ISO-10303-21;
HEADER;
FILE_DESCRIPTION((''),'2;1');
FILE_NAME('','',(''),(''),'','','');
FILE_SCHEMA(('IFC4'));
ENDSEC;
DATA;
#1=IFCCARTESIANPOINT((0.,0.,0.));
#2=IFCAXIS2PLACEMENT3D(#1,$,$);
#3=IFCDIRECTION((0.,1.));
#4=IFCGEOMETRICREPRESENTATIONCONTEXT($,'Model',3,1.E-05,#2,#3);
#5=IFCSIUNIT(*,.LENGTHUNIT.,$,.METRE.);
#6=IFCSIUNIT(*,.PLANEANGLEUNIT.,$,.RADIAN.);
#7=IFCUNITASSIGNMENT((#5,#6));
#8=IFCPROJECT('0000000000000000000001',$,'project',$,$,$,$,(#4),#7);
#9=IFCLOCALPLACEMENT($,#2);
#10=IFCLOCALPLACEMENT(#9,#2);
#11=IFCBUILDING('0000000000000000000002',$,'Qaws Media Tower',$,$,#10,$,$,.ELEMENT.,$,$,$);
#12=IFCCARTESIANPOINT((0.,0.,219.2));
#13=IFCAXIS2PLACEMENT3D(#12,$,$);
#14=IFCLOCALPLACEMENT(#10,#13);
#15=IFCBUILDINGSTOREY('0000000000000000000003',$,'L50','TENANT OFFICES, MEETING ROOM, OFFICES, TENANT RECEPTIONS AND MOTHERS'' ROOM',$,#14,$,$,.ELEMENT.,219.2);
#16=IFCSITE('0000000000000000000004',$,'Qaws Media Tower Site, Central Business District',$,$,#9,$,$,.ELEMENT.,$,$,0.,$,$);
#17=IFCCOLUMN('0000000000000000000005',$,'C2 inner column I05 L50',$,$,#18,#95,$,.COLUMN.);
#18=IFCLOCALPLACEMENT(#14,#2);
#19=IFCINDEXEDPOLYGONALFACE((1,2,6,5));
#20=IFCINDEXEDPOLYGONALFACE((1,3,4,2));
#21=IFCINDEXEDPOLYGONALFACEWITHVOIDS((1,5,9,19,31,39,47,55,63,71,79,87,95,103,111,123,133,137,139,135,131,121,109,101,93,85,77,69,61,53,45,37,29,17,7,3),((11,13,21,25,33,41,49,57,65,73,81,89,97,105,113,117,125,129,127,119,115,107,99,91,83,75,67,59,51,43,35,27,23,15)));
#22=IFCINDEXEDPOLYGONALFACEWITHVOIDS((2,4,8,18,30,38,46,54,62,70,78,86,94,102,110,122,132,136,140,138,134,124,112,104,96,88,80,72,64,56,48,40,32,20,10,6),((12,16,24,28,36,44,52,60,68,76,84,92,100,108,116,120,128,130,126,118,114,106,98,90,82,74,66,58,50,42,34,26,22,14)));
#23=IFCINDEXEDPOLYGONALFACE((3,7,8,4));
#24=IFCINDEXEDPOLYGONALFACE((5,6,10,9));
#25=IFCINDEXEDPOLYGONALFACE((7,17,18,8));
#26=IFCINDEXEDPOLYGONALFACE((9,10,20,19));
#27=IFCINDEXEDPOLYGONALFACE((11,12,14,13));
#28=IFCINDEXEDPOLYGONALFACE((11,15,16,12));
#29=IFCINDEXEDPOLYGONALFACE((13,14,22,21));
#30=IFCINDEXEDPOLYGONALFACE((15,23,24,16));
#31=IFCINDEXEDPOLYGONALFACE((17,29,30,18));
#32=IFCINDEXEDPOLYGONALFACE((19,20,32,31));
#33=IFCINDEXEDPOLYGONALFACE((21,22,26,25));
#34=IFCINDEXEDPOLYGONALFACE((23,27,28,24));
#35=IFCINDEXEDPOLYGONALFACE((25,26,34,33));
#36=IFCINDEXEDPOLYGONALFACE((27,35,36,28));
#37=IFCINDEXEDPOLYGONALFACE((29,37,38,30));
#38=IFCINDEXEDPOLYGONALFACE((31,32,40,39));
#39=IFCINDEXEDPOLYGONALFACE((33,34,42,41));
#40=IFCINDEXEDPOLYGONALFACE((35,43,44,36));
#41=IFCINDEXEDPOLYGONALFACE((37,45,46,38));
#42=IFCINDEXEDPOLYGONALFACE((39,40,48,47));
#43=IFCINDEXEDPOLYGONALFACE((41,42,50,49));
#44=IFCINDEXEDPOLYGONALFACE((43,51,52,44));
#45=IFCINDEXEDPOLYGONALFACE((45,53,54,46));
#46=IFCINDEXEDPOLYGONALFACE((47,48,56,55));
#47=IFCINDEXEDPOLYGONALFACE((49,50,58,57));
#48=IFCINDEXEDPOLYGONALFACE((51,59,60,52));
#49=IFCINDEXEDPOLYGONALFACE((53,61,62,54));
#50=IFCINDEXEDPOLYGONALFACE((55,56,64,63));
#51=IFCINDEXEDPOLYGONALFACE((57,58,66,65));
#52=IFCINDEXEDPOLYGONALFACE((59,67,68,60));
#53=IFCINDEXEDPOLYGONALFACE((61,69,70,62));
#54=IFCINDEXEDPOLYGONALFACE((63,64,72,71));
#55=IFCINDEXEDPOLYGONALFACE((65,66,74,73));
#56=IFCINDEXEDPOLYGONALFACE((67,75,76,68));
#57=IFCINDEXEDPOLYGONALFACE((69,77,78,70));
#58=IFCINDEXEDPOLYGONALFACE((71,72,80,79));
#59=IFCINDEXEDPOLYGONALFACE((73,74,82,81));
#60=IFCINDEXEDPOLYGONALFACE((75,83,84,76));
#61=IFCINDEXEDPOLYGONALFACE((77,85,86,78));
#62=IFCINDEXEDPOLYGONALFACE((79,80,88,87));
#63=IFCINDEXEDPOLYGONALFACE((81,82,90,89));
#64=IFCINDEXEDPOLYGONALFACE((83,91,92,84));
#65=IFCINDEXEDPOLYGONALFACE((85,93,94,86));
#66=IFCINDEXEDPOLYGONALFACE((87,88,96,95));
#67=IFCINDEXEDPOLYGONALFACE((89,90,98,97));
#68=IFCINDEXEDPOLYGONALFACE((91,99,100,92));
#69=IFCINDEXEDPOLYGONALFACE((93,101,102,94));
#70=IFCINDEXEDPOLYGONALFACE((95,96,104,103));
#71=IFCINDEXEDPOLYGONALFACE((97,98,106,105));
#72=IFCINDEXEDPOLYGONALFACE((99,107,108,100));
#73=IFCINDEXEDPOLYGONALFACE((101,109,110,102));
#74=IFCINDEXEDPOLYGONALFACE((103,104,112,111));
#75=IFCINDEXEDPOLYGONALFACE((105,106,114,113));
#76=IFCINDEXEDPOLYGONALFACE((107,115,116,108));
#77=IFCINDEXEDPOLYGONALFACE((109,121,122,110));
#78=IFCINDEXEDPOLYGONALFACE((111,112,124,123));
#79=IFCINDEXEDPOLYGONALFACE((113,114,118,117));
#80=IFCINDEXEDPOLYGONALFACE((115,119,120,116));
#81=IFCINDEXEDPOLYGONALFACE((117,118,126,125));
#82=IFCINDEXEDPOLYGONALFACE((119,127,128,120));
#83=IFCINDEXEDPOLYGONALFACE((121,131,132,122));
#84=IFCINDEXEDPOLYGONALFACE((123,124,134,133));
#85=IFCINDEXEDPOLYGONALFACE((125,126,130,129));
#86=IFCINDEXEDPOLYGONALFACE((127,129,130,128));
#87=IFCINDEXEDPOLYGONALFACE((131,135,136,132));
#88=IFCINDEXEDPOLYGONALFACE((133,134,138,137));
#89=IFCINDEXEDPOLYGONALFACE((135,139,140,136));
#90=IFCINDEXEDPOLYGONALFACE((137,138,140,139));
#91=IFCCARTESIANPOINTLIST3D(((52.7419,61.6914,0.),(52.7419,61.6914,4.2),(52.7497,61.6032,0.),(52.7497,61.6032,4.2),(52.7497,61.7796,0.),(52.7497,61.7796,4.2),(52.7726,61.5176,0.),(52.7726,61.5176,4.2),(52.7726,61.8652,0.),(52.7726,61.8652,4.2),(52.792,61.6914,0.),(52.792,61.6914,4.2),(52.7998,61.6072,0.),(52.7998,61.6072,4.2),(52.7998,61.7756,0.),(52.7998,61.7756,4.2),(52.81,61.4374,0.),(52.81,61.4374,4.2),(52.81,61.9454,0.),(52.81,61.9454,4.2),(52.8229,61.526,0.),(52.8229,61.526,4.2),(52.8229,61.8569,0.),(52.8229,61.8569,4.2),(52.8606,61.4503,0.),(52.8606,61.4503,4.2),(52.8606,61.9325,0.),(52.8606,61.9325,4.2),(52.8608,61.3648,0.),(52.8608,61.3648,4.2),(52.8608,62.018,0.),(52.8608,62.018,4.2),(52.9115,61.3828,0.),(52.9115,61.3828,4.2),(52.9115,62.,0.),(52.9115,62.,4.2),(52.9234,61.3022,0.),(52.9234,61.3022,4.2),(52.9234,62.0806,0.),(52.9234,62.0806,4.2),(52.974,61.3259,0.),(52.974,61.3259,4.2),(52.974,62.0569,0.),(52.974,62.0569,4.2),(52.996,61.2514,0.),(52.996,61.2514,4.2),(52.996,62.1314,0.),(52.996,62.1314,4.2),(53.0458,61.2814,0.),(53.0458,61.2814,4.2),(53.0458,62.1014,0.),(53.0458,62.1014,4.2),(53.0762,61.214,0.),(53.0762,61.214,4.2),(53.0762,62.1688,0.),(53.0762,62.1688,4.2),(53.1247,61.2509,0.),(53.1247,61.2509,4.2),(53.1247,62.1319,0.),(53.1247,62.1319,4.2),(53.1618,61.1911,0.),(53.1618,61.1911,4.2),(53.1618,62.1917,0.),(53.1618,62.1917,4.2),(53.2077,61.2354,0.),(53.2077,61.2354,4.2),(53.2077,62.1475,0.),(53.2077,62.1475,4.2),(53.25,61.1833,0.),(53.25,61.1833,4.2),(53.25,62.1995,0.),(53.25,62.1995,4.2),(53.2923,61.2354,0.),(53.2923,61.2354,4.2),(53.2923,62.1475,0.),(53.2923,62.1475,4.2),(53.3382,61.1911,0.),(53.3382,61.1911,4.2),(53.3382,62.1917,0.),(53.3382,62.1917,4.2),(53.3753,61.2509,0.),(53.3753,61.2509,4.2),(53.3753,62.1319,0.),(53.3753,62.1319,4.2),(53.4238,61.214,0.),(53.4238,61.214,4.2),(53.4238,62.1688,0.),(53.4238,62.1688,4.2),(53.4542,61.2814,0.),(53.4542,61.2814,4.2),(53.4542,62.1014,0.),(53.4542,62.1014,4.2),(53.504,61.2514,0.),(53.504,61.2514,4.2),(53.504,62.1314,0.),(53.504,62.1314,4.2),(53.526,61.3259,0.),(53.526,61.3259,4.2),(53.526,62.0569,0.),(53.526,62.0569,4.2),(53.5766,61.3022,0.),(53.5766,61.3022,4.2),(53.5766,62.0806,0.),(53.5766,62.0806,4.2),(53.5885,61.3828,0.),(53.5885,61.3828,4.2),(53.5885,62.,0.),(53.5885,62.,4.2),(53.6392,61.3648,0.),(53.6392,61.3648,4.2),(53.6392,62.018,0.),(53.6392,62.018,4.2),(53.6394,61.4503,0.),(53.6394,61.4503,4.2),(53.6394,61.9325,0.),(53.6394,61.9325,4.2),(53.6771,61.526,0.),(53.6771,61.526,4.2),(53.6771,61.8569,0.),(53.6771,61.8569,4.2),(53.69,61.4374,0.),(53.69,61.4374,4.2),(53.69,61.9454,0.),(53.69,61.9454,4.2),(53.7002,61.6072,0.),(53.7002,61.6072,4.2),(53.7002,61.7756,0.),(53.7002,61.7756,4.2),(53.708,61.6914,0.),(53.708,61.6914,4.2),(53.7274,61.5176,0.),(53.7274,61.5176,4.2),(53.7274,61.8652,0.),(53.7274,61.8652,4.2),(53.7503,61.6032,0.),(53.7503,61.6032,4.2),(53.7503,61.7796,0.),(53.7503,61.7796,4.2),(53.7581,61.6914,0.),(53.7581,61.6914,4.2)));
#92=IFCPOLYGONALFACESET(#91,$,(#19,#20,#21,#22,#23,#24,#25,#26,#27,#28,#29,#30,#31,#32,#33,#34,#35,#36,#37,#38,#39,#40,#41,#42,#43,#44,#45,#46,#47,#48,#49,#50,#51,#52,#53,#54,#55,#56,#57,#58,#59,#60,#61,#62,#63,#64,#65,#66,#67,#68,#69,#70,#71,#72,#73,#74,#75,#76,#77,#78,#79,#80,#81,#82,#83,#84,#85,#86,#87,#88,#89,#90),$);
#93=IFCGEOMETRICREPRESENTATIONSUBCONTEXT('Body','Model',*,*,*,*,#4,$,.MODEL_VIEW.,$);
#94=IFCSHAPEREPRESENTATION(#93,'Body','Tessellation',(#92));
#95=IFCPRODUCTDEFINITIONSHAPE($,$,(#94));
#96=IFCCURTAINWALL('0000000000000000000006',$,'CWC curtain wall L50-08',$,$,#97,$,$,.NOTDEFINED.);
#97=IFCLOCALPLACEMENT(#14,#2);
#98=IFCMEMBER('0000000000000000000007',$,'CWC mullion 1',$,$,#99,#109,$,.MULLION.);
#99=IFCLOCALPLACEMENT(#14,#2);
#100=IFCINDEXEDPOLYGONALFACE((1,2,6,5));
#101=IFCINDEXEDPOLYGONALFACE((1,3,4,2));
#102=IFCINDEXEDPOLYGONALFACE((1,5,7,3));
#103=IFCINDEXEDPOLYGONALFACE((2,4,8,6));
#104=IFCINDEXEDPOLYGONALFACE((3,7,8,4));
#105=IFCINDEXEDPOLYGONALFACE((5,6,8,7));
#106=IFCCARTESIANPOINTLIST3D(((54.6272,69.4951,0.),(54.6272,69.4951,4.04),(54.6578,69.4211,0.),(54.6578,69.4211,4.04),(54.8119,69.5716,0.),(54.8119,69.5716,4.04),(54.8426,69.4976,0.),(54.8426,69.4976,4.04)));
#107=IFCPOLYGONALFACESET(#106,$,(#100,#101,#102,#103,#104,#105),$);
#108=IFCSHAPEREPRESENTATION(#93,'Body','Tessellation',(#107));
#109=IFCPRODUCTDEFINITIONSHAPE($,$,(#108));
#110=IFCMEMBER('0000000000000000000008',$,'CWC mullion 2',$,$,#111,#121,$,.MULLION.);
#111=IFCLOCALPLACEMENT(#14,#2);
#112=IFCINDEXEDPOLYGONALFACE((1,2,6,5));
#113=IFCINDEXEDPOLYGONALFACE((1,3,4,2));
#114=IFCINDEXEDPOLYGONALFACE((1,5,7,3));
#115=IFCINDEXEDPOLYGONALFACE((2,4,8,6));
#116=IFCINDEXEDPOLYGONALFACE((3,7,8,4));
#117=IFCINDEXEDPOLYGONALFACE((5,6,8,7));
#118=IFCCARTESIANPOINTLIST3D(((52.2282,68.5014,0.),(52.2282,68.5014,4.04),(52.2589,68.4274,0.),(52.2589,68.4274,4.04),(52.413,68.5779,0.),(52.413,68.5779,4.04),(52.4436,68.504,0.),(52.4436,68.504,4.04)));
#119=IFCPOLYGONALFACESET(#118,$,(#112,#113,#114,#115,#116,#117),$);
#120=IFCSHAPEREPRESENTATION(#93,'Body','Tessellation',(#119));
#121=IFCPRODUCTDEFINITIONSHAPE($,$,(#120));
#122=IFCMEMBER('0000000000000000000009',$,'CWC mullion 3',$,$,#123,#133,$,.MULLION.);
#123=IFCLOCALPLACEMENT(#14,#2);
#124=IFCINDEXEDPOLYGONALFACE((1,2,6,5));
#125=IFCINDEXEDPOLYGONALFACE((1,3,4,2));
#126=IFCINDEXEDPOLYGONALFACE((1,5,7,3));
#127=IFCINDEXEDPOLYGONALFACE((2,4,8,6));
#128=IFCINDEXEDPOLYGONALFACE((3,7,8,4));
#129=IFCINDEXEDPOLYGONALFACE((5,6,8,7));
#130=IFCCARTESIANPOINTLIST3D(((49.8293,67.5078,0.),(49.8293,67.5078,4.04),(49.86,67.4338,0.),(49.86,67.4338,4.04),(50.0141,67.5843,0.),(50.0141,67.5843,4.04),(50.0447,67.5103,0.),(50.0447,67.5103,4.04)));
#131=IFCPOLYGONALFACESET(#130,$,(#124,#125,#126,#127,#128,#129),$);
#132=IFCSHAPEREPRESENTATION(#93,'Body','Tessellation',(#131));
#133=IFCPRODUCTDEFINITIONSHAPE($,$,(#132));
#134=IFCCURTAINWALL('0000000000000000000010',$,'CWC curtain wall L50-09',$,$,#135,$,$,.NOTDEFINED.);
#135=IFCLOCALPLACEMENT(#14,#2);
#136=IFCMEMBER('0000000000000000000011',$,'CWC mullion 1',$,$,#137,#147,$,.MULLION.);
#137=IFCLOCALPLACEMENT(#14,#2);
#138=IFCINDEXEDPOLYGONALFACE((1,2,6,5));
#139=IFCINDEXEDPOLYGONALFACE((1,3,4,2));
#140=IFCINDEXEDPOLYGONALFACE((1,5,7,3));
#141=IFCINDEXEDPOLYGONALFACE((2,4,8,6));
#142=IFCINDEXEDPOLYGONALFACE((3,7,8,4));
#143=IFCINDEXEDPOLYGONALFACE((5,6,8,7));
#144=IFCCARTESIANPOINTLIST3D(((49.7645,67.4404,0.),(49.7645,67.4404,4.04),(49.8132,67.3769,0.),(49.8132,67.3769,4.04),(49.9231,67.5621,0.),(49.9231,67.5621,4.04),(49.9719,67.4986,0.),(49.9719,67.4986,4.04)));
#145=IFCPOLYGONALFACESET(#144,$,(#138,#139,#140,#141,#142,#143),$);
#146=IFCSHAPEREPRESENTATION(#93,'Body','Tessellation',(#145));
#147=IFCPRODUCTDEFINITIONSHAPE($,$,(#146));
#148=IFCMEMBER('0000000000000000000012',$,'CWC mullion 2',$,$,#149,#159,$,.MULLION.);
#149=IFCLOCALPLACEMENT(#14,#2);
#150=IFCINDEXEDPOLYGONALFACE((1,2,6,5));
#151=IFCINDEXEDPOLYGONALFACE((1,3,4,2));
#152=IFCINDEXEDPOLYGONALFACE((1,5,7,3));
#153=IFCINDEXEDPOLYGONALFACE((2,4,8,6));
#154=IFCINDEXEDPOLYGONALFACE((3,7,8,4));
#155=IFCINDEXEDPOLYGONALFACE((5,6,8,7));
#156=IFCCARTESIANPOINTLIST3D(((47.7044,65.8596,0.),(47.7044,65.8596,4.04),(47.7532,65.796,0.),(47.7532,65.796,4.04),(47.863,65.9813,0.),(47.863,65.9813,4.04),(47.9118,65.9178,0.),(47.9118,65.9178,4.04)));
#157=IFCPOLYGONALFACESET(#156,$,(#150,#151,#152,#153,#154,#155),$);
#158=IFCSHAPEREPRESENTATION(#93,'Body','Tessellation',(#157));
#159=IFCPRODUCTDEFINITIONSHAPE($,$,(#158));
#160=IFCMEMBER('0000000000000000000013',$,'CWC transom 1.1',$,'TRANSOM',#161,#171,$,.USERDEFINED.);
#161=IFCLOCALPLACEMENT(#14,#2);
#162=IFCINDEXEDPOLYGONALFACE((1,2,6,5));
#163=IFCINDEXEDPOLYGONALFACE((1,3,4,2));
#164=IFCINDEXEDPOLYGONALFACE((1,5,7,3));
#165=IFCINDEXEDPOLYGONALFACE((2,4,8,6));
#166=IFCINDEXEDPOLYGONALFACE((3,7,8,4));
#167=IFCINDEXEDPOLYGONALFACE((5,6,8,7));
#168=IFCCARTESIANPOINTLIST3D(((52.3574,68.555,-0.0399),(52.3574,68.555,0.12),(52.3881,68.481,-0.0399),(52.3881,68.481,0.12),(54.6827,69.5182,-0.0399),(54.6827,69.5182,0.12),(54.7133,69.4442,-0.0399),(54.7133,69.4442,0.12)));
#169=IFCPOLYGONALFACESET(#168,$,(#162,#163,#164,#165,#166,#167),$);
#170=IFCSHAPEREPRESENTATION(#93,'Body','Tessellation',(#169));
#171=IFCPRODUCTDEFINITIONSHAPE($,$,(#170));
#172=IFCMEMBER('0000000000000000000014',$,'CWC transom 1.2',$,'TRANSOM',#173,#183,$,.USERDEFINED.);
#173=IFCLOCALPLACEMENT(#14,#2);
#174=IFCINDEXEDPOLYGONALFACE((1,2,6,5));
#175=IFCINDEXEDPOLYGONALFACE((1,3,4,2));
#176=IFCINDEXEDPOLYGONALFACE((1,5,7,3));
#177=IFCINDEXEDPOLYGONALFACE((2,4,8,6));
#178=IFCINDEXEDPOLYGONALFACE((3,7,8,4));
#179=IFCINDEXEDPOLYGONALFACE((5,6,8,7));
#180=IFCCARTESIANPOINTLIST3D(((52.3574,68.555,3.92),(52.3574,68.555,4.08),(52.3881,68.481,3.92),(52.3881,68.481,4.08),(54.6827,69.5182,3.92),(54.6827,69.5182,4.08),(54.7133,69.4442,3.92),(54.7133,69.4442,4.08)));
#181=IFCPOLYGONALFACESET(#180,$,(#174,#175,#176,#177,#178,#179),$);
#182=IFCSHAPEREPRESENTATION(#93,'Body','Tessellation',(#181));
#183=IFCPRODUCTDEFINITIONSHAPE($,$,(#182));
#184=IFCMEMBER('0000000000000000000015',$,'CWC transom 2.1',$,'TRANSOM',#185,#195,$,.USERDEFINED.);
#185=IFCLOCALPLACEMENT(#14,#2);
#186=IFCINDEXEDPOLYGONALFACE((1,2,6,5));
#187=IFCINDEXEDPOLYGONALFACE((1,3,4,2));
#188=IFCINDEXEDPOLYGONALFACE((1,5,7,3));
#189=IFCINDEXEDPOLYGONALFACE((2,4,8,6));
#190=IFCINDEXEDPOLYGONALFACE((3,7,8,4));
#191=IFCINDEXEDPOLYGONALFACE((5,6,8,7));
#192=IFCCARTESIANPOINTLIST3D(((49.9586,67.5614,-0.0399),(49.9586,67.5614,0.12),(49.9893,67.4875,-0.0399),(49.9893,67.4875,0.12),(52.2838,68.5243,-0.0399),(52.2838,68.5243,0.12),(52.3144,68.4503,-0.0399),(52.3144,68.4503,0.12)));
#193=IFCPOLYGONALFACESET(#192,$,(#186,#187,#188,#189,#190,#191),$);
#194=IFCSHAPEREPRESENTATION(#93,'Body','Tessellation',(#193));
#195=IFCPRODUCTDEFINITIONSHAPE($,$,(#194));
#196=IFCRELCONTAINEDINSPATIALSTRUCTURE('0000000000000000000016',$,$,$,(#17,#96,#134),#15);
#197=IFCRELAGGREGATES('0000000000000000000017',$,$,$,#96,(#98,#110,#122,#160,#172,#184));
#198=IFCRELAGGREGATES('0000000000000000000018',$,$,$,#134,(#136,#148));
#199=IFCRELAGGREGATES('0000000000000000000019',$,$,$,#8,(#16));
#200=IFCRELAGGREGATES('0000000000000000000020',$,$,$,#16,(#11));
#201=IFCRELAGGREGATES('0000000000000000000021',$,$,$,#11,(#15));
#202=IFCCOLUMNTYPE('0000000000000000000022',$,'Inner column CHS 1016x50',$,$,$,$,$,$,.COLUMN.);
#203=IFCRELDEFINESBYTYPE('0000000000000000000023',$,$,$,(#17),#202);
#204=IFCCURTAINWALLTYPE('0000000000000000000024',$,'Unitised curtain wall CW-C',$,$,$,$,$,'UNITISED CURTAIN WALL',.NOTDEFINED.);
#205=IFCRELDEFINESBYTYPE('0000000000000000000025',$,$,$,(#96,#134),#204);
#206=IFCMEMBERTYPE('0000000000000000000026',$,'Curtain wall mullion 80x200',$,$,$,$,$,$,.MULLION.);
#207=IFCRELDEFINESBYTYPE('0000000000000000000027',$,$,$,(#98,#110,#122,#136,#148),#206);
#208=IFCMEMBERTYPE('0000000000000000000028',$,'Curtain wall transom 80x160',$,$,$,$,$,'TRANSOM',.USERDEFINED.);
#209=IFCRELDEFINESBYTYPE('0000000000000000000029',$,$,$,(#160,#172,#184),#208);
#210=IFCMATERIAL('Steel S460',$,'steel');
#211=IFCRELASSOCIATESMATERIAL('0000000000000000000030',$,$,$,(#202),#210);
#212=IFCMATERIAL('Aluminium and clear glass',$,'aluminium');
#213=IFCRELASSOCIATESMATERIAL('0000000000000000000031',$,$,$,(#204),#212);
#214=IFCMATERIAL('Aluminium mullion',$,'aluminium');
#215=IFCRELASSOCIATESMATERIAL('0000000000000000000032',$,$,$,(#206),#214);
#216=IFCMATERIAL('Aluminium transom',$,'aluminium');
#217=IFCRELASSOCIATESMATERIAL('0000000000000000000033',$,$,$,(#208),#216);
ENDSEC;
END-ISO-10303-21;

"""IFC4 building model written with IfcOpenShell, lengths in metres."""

from ifc_helpers import new_model, si_unit, direction, frame, origin, origin_2d, place, context, subcontext, project, spatial, rectangle, hollow_circle, extrude, material, material_profile, profile_set, type_object, element, aggregate, save


model = new_model("IFC4")

# Units and contexts
model_context = context("Model", 3, precision=1e-05, world=origin(), true_north=direction((0.0, 1.0)))
body_context = subcontext(model_context, "Body", "Model", "MODEL_VIEW")
ifc_project = project(units=[si_unit("LENGTHUNIT", "METRE"), si_unit("PLANEANGLEUNIT", "RADIAN")], contexts=[model_context])

# Site, building, storey
site_placement = place(None, origin())
site = spatial("IfcSite", under=ifc_project, at=site_placement, Name="Qaws Media Tower Site, Central Business District", CompositionType="ELEMENT", RefElevation=0.0)
building_placement = place(site_placement, origin())
building = spatial("IfcBuilding", under=site, at=building_placement, Name="Qaws Media Tower", CompositionType="ELEMENT")
storey_placement = place(building_placement, frame((0.0, 0.0, 219.2)))
storey = spatial("IfcBuildingStorey", under=building, at=storey_placement, Name="L50", Description="TENANT OFFICES, MEETING ROOM, OFFICES, TENANT RECEPTIONS AND MOTHERS' ROOM", CompositionType="ELEMENT", Elevation=219.2)

# Column
ifc_material_1 = material(Name="Steel S460", Category="steel")
ifc_material_profile_1 = material_profile(ifc_material_1, hollow_circle(Radius=0.5081, WallThickness=0.05, at=origin_2d()), Name="CHS 1016x50")
ifc_profile_set_1 = profile_set([ifc_material_profile_1], Name="Steel S460")
column_type = type_object("IfcColumnType", Name="Inner column CHS 1016x50", PredefinedType="COLUMN", material=ifc_profile_set_1)
column_placement = place(storey_placement, frame((53.25, 61.6914, 0.0), z_axis=(0.0, 0.0, 1.0), x_axis=(1.0, 0.0, 0.0)))
element("IfcColumn", 1, at=column_placement, inside=storey, type_object=column_type, Name="C2 inner column I05 L50", PredefinedType="COLUMN", context=body_context, shape_type="SweptSolid", body=[
    extrude(hollow_circle(Radius=0.5081, WallThickness=0.05, at=origin_2d()), origin(), (0.0, 0.0, 1.0), 4.2),
])

# Curtain walls, members
ifc_material_2 = material(Name="Aluminium and clear glass", Category="aluminium")
curtain_wall_type = type_object("IfcCurtainWallType", Name="Unitised curtain wall CW-C", ElementType="UNITISED CURTAIN WALL", PredefinedType="NOTDEFINED", material=ifc_material_2)
curtain_wall_1_placement = place(storey_placement, origin())
curtain_wall_1 = element("IfcCurtainWall", 2, at=curtain_wall_1_placement, inside=storey, type_object=curtain_wall_type, Name="CWC curtain wall L50-08", PredefinedType="NOTDEFINED")
ifc_material_3 = material(Name="Aluminium mullion", Category="aluminium")
ifc_material_profile_2 = material_profile(ifc_material_3, rectangle(XDim=0.0801, YDim=0.2, at=origin_2d()), Name="80x200")
ifc_profile_set_2 = profile_set([ifc_material_profile_2], Name="Aluminium mullion")
member_type_1 = type_object("IfcMemberType", Name="Curtain wall mullion 80x200", PredefinedType="MULLION", material=ifc_profile_set_2)
member_1_placement = place(storey_placement, frame((54.7349, 69.4963, 0.0), z_axis=(0.0, 0.0, 1.0), x_axis=(0.382684, -0.923879, 0.0)))
member_1 = element("IfcMember", 3, at=member_1_placement, type_object=member_type_1, Name="CWC mullion 1", PredefinedType="MULLION", context=body_context, shape_type="SweptSolid", body=[
    extrude(rectangle(XDim=0.0801, YDim=0.2, at=origin_2d()), origin(), (0.0, 0.0, 1.0), 4.04),
])
member_2_placement = place(storey_placement, frame((52.3359, 68.5027, 0.0), z_axis=(0.0, 0.0, 1.0), x_axis=(0.382684, -0.923879, 0.0)))
member_2 = element("IfcMember", 4, at=member_2_placement, type_object=member_type_1, Name="CWC mullion 2", PredefinedType="MULLION", context=body_context, shape_type="SweptSolid", body=[
    extrude(rectangle(XDim=0.0801, YDim=0.2, at=origin_2d()), origin(), (0.0, 0.0, 1.0), 4.04),
])
member_3_placement = place(storey_placement, frame((49.937, 67.509, 0.0), z_axis=(0.0, 0.0, 1.0), x_axis=(0.382684, -0.923879, 0.0)))
member_3 = element("IfcMember", 5, at=member_3_placement, type_object=member_type_1, Name="CWC mullion 3", PredefinedType="MULLION", context=body_context, shape_type="SweptSolid", body=[
    extrude(rectangle(XDim=0.0801, YDim=0.2, at=origin_2d()), origin(), (0.0, 0.0, 1.0), 4.04),
])
curtain_wall_2_placement = place(storey_placement, origin())
curtain_wall_2 = element("IfcCurtainWall", 6, at=curtain_wall_2_placement, inside=storey, type_object=curtain_wall_type, Name="CWC curtain wall L50-09", PredefinedType="NOTDEFINED")
member_4_placement = place(storey_placement, frame((49.8682, 67.4695, 0.0), z_axis=(0.0, 0.0, 1.0), x_axis=(0.608761, -0.793353, 0.0)))
member_4 = element("IfcMember", 7, at=member_4_placement, type_object=member_type_1, Name="CWC mullion 1", PredefinedType="MULLION", context=body_context, shape_type="SweptSolid", body=[
    extrude(rectangle(XDim=0.0801, YDim=0.2, at=origin_2d()), origin(), (0.0, 0.0, 1.0), 4.04),
])
member_5_placement = place(storey_placement, frame((47.8081, 65.8887, 0.0), z_axis=(0.0, 0.0, 1.0), x_axis=(0.608761, -0.793353, 0.0)))
member_5 = element("IfcMember", 8, at=member_5_placement, type_object=member_type_1, Name="CWC mullion 2", PredefinedType="MULLION", context=body_context, shape_type="SweptSolid", body=[
    extrude(rectangle(XDim=0.0801, YDim=0.2, at=origin_2d()), origin(), (0.0, 0.0, 1.0), 4.04),
])

# Members
ifc_material_4 = material(Name="Aluminium transom", Category="aluminium")
ifc_material_profile_3 = material_profile(ifc_material_4, rectangle(XDim=0.0801, YDim=0.1599, at=origin_2d()), Name="80x160")
ifc_profile_set_3 = profile_set([ifc_material_profile_3], Name="Aluminium transom")
member_type_2 = type_object("IfcMemberType", Name="Curtain wall transom 80x160", ElementType="TRANSOM", PredefinedType="USERDEFINED", material=ifc_profile_set_3)
member_6_placement = place(storey_placement, frame((54.698, 69.4812, 0.04), z_axis=(-0.923879, -0.382686, 0.0), x_axis=(0.382686, -0.923879, 0.0)))
member_6 = element("IfcMember", 9, at=member_6_placement, type_object=member_type_2, Name="CWC transom 1.1", ObjectType="TRANSOM", PredefinedType="USERDEFINED", context=body_context, shape_type="SweptSolid", body=[
    extrude(rectangle(XDim=0.0801, YDim=0.1599, at=origin_2d()), origin(), (0.0, 0.0, 1.0), 2.5168),
])
member_7_placement = place(storey_placement, frame((54.698, 69.4812, 4.0), z_axis=(-0.923879, -0.382686, 0.0), x_axis=(0.382686, -0.923879, 0.0)))
member_7 = element("IfcMember", 10, at=member_7_placement, type_object=member_type_2, Name="CWC transom 1.2", ObjectType="TRANSOM", PredefinedType="USERDEFINED", context=body_context, shape_type="SweptSolid", body=[
    extrude(rectangle(XDim=0.0801, YDim=0.1599, at=origin_2d()), origin(), (0.0, 0.0, 1.0), 2.5168),
])
member_8_placement = place(storey_placement, frame((52.2991, 68.4873, 0.04), z_axis=(-0.923913, -0.382603, 0.0), x_axis=(0.382603, -0.923913, 0.0)))
member_8 = element("IfcMember", 11, at=member_8_placement, type_object=member_type_2, Name="CWC transom 2.1", ObjectType="TRANSOM", PredefinedType="USERDEFINED", context=body_context, shape_type="SweptSolid", body=[
    extrude(rectangle(XDim=0.0801, YDim=0.1599, at=origin_2d()), origin(), (0.0, 0.0, 1.0), 2.5166),
])

aggregate(curtain_wall_1, [member_1, member_2, member_3, member_6, member_7, member_8])
aggregate(curtain_wall_2, [member_4, member_5])

save(model, "model.ifc")
